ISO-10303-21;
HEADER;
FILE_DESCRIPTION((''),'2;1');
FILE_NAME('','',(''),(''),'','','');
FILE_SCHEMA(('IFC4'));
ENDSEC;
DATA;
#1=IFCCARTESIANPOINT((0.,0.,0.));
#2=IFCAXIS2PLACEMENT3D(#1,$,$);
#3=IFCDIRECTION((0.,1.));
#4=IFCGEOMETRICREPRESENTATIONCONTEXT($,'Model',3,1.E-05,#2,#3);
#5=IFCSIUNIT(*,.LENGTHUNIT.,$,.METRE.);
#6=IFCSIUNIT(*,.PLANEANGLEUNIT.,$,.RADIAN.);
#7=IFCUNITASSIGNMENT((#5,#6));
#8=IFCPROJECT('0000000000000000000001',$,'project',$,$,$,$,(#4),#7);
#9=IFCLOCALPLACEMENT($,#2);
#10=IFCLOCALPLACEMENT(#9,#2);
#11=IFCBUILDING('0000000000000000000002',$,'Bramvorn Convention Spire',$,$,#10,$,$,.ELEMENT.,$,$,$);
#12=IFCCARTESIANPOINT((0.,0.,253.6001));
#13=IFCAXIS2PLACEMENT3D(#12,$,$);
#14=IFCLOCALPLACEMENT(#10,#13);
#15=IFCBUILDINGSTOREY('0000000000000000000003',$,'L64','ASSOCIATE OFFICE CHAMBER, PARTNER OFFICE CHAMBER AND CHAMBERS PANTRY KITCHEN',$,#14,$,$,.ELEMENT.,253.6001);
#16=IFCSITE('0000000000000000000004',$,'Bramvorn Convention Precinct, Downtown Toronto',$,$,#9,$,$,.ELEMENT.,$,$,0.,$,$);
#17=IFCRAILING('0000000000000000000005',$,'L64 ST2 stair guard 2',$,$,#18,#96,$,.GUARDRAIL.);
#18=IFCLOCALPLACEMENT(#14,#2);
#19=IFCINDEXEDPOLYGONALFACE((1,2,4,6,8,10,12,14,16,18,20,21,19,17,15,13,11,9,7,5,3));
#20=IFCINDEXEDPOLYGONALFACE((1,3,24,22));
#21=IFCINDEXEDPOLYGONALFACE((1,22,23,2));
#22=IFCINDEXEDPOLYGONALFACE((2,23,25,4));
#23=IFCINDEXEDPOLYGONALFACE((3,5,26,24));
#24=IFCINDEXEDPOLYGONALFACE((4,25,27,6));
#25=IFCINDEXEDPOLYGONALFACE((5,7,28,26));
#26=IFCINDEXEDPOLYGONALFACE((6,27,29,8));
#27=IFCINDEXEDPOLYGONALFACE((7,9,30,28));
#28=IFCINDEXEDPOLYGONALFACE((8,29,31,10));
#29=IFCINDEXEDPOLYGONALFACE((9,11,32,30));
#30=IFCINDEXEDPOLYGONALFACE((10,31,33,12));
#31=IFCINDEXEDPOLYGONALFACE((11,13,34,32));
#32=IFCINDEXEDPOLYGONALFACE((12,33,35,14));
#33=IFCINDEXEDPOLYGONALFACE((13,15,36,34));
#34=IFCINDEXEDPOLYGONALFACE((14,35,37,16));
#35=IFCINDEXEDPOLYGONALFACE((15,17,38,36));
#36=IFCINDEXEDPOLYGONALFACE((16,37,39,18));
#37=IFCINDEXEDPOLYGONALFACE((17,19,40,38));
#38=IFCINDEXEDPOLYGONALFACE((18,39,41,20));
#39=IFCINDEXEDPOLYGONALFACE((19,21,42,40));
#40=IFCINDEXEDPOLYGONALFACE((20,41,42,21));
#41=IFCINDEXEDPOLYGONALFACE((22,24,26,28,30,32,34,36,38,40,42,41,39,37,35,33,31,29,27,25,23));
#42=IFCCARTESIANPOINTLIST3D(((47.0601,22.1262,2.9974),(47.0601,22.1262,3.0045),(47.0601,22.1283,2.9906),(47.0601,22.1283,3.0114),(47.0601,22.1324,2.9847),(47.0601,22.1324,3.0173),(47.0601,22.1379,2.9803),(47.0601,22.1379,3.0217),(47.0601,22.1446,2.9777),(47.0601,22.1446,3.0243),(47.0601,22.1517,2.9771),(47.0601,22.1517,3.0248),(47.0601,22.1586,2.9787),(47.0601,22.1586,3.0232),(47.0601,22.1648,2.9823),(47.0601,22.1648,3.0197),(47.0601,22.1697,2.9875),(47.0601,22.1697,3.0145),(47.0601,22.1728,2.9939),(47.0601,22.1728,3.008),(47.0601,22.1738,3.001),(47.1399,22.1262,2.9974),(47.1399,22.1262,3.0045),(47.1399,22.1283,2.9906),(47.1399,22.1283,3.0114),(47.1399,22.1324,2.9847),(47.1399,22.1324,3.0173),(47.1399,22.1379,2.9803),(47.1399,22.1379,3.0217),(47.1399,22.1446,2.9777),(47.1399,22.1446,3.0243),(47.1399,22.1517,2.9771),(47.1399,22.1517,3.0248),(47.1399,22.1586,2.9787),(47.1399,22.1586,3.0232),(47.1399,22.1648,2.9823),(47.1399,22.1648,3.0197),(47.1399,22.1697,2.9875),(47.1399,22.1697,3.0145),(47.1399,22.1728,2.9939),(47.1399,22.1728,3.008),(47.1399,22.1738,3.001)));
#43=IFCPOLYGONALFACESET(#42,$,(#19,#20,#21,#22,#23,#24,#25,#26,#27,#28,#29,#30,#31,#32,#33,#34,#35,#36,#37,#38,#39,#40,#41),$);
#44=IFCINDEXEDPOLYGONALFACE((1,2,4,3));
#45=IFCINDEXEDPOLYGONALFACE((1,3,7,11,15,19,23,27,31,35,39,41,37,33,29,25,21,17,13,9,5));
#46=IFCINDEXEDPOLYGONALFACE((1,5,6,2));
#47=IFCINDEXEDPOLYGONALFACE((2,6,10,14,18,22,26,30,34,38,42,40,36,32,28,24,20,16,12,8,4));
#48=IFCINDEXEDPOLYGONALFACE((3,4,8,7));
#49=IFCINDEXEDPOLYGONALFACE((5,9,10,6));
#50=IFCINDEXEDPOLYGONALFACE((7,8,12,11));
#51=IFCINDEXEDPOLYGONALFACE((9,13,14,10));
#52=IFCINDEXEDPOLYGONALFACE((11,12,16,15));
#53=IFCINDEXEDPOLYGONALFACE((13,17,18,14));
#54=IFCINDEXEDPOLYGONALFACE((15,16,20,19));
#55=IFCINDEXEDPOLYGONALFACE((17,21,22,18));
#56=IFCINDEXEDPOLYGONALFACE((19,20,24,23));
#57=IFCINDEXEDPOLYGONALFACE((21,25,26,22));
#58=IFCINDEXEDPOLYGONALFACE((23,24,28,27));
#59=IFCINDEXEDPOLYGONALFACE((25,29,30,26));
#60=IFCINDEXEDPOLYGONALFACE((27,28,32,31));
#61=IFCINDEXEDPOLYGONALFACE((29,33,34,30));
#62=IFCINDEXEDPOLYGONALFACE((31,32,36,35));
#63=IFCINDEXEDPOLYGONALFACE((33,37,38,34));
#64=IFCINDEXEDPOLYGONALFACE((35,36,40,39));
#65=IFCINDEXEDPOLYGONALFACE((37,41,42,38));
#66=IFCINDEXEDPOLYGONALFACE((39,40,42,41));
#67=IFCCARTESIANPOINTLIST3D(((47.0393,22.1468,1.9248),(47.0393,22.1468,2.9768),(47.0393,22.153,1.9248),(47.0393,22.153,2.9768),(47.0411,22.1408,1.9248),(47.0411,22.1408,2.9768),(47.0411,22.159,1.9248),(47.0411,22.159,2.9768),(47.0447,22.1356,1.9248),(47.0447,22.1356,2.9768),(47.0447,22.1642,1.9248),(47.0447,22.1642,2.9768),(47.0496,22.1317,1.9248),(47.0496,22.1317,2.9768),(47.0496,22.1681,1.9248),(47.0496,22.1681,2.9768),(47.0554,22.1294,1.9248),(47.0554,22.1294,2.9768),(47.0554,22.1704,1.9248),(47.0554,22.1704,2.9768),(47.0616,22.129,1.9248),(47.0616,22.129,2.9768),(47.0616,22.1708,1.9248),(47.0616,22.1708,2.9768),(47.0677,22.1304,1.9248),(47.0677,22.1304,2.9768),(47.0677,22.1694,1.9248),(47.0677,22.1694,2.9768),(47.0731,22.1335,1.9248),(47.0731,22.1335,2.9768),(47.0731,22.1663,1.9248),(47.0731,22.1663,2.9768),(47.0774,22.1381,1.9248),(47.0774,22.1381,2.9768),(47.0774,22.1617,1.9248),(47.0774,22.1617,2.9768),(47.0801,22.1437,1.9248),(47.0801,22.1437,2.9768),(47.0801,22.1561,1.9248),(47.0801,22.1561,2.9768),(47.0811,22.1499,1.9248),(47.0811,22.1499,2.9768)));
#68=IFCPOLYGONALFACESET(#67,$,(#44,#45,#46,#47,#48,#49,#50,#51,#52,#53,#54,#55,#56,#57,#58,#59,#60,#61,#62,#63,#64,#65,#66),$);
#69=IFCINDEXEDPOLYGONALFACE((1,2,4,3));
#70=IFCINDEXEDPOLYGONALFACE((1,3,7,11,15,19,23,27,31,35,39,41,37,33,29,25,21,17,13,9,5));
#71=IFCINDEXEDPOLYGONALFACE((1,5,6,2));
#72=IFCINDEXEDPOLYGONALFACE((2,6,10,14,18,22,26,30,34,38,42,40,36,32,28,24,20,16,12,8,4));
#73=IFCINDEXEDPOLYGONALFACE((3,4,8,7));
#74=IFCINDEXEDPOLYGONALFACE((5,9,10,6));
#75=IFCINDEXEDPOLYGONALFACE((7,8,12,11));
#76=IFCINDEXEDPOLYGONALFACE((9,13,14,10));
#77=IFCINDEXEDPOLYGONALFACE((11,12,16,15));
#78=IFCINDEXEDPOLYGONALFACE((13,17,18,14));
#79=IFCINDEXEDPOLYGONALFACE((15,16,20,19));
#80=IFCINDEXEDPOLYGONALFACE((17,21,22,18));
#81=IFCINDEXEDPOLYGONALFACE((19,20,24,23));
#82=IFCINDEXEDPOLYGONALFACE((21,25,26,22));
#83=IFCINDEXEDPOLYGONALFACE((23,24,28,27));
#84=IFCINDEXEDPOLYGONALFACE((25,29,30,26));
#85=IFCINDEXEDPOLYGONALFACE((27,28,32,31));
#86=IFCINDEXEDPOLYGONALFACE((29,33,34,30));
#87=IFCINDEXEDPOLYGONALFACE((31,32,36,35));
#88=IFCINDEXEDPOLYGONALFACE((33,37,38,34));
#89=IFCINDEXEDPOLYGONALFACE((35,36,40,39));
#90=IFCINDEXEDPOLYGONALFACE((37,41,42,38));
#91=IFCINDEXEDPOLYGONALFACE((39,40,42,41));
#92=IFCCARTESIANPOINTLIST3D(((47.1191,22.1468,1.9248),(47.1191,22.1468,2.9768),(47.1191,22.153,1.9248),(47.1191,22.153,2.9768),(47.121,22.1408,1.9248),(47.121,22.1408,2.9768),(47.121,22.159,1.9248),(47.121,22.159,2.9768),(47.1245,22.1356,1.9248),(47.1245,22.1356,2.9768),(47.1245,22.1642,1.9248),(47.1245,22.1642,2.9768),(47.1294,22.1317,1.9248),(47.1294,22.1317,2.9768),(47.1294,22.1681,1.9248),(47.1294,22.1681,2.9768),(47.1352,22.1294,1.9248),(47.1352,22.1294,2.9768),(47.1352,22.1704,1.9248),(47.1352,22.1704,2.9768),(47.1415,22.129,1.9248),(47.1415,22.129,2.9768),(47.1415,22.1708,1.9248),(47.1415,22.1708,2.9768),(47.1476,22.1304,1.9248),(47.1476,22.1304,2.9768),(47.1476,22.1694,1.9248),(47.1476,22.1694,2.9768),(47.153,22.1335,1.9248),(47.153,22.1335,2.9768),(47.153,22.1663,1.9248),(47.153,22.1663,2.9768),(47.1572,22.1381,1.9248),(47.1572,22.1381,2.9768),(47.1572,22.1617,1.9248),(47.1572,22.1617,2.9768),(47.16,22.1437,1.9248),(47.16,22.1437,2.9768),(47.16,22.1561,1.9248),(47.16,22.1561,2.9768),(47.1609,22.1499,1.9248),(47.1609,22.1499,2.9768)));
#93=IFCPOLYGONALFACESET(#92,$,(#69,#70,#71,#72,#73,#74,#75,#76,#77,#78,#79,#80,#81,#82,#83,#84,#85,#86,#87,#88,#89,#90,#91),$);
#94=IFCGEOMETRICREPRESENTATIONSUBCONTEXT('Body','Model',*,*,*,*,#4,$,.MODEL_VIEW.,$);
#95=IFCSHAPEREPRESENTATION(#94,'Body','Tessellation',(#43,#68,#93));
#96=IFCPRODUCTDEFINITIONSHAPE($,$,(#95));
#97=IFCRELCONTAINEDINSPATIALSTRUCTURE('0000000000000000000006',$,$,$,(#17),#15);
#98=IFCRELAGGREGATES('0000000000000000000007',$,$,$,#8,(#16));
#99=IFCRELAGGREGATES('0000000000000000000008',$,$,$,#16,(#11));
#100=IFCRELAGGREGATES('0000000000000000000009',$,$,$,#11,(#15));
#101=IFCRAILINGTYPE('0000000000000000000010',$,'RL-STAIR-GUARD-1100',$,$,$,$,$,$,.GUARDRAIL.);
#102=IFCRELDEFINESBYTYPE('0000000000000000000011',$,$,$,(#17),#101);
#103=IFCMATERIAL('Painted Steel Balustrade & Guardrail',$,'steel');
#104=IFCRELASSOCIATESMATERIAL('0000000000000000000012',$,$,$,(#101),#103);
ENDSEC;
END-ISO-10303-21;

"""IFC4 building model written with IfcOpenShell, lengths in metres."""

from ifc_helpers import new_model, si_unit, direction, frame, origin, origin_2d, place, context, subcontext, project, spatial, circle, extrude, material, type_object, element, save


model = new_model("IFC4")

# Units and contexts
model_context = context("Model", 3, precision=1e-05, world=origin(), true_north=direction((0.0, 1.0)))
body_context = subcontext(model_context, "Body", "Model", "MODEL_VIEW")
ifc_project = project(units=[si_unit("LENGTHUNIT", "METRE"), si_unit("PLANEANGLEUNIT", "RADIAN")], contexts=[model_context])

# Site, building, storey
site_placement = place(None, origin())
site = spatial("IfcSite", under=ifc_project, at=site_placement, Name="Bramvorn Convention Precinct, Downtown Toronto", CompositionType="ELEMENT", RefElevation=0.0)
building_placement = place(site_placement, origin())
building = spatial("IfcBuilding", under=site, at=building_placement, Name="Bramvorn Convention Spire", CompositionType="ELEMENT")
storey_placement = place(building_placement, frame((0.0, 0.0, 253.6001)))
storey = spatial("IfcBuildingStorey", under=building, at=storey_placement, Name="L64", Description="ASSOCIATE OFFICE CHAMBER, PARTNER OFFICE CHAMBER AND CHAMBERS PANTRY KITCHEN", CompositionType="ELEMENT", Elevation=253.6001)

# Railing
ifc_material_1 = material(Name="Painted Steel Balustrade & Guardrail", Category="steel")
railing_type_1 = type_object("IfcRailingType", Name="RL-STAIR-GUARD-1100", PredefinedType="GUARDRAIL", material=ifc_material_1)
railing_1_placement = place(storey_placement, frame((47.0601, 22.1499, 1.9248)))
element("IfcRailing", 1, at=railing_1_placement, inside=storey, type_object=railing_type_1, Name="L64 ST2 stair guard 2", PredefinedType="GUARDRAIL", context=body_context, shape_type="SweptSolid", body=[
    extrude(circle(Radius=0.0239, at=origin_2d()), frame((0.0, 0.0, 1.0762), z_axis=(1.0, 0.0, 0.0), x_axis=(0.0, 1.0, 0.0)), (0.0, 0.0, 1.0), 0.0798),
    extrude(circle(Radius=0.021, at=origin_2d()), origin(), (0.0, 0.0, 1.0), 1.052),
    extrude(circle(Radius=0.021, at=origin_2d()), frame((0.0798, 0.0, 0.0)), (0.0, 0.0, 1.0), 1.052),
])

save(model, "model.ifc")
